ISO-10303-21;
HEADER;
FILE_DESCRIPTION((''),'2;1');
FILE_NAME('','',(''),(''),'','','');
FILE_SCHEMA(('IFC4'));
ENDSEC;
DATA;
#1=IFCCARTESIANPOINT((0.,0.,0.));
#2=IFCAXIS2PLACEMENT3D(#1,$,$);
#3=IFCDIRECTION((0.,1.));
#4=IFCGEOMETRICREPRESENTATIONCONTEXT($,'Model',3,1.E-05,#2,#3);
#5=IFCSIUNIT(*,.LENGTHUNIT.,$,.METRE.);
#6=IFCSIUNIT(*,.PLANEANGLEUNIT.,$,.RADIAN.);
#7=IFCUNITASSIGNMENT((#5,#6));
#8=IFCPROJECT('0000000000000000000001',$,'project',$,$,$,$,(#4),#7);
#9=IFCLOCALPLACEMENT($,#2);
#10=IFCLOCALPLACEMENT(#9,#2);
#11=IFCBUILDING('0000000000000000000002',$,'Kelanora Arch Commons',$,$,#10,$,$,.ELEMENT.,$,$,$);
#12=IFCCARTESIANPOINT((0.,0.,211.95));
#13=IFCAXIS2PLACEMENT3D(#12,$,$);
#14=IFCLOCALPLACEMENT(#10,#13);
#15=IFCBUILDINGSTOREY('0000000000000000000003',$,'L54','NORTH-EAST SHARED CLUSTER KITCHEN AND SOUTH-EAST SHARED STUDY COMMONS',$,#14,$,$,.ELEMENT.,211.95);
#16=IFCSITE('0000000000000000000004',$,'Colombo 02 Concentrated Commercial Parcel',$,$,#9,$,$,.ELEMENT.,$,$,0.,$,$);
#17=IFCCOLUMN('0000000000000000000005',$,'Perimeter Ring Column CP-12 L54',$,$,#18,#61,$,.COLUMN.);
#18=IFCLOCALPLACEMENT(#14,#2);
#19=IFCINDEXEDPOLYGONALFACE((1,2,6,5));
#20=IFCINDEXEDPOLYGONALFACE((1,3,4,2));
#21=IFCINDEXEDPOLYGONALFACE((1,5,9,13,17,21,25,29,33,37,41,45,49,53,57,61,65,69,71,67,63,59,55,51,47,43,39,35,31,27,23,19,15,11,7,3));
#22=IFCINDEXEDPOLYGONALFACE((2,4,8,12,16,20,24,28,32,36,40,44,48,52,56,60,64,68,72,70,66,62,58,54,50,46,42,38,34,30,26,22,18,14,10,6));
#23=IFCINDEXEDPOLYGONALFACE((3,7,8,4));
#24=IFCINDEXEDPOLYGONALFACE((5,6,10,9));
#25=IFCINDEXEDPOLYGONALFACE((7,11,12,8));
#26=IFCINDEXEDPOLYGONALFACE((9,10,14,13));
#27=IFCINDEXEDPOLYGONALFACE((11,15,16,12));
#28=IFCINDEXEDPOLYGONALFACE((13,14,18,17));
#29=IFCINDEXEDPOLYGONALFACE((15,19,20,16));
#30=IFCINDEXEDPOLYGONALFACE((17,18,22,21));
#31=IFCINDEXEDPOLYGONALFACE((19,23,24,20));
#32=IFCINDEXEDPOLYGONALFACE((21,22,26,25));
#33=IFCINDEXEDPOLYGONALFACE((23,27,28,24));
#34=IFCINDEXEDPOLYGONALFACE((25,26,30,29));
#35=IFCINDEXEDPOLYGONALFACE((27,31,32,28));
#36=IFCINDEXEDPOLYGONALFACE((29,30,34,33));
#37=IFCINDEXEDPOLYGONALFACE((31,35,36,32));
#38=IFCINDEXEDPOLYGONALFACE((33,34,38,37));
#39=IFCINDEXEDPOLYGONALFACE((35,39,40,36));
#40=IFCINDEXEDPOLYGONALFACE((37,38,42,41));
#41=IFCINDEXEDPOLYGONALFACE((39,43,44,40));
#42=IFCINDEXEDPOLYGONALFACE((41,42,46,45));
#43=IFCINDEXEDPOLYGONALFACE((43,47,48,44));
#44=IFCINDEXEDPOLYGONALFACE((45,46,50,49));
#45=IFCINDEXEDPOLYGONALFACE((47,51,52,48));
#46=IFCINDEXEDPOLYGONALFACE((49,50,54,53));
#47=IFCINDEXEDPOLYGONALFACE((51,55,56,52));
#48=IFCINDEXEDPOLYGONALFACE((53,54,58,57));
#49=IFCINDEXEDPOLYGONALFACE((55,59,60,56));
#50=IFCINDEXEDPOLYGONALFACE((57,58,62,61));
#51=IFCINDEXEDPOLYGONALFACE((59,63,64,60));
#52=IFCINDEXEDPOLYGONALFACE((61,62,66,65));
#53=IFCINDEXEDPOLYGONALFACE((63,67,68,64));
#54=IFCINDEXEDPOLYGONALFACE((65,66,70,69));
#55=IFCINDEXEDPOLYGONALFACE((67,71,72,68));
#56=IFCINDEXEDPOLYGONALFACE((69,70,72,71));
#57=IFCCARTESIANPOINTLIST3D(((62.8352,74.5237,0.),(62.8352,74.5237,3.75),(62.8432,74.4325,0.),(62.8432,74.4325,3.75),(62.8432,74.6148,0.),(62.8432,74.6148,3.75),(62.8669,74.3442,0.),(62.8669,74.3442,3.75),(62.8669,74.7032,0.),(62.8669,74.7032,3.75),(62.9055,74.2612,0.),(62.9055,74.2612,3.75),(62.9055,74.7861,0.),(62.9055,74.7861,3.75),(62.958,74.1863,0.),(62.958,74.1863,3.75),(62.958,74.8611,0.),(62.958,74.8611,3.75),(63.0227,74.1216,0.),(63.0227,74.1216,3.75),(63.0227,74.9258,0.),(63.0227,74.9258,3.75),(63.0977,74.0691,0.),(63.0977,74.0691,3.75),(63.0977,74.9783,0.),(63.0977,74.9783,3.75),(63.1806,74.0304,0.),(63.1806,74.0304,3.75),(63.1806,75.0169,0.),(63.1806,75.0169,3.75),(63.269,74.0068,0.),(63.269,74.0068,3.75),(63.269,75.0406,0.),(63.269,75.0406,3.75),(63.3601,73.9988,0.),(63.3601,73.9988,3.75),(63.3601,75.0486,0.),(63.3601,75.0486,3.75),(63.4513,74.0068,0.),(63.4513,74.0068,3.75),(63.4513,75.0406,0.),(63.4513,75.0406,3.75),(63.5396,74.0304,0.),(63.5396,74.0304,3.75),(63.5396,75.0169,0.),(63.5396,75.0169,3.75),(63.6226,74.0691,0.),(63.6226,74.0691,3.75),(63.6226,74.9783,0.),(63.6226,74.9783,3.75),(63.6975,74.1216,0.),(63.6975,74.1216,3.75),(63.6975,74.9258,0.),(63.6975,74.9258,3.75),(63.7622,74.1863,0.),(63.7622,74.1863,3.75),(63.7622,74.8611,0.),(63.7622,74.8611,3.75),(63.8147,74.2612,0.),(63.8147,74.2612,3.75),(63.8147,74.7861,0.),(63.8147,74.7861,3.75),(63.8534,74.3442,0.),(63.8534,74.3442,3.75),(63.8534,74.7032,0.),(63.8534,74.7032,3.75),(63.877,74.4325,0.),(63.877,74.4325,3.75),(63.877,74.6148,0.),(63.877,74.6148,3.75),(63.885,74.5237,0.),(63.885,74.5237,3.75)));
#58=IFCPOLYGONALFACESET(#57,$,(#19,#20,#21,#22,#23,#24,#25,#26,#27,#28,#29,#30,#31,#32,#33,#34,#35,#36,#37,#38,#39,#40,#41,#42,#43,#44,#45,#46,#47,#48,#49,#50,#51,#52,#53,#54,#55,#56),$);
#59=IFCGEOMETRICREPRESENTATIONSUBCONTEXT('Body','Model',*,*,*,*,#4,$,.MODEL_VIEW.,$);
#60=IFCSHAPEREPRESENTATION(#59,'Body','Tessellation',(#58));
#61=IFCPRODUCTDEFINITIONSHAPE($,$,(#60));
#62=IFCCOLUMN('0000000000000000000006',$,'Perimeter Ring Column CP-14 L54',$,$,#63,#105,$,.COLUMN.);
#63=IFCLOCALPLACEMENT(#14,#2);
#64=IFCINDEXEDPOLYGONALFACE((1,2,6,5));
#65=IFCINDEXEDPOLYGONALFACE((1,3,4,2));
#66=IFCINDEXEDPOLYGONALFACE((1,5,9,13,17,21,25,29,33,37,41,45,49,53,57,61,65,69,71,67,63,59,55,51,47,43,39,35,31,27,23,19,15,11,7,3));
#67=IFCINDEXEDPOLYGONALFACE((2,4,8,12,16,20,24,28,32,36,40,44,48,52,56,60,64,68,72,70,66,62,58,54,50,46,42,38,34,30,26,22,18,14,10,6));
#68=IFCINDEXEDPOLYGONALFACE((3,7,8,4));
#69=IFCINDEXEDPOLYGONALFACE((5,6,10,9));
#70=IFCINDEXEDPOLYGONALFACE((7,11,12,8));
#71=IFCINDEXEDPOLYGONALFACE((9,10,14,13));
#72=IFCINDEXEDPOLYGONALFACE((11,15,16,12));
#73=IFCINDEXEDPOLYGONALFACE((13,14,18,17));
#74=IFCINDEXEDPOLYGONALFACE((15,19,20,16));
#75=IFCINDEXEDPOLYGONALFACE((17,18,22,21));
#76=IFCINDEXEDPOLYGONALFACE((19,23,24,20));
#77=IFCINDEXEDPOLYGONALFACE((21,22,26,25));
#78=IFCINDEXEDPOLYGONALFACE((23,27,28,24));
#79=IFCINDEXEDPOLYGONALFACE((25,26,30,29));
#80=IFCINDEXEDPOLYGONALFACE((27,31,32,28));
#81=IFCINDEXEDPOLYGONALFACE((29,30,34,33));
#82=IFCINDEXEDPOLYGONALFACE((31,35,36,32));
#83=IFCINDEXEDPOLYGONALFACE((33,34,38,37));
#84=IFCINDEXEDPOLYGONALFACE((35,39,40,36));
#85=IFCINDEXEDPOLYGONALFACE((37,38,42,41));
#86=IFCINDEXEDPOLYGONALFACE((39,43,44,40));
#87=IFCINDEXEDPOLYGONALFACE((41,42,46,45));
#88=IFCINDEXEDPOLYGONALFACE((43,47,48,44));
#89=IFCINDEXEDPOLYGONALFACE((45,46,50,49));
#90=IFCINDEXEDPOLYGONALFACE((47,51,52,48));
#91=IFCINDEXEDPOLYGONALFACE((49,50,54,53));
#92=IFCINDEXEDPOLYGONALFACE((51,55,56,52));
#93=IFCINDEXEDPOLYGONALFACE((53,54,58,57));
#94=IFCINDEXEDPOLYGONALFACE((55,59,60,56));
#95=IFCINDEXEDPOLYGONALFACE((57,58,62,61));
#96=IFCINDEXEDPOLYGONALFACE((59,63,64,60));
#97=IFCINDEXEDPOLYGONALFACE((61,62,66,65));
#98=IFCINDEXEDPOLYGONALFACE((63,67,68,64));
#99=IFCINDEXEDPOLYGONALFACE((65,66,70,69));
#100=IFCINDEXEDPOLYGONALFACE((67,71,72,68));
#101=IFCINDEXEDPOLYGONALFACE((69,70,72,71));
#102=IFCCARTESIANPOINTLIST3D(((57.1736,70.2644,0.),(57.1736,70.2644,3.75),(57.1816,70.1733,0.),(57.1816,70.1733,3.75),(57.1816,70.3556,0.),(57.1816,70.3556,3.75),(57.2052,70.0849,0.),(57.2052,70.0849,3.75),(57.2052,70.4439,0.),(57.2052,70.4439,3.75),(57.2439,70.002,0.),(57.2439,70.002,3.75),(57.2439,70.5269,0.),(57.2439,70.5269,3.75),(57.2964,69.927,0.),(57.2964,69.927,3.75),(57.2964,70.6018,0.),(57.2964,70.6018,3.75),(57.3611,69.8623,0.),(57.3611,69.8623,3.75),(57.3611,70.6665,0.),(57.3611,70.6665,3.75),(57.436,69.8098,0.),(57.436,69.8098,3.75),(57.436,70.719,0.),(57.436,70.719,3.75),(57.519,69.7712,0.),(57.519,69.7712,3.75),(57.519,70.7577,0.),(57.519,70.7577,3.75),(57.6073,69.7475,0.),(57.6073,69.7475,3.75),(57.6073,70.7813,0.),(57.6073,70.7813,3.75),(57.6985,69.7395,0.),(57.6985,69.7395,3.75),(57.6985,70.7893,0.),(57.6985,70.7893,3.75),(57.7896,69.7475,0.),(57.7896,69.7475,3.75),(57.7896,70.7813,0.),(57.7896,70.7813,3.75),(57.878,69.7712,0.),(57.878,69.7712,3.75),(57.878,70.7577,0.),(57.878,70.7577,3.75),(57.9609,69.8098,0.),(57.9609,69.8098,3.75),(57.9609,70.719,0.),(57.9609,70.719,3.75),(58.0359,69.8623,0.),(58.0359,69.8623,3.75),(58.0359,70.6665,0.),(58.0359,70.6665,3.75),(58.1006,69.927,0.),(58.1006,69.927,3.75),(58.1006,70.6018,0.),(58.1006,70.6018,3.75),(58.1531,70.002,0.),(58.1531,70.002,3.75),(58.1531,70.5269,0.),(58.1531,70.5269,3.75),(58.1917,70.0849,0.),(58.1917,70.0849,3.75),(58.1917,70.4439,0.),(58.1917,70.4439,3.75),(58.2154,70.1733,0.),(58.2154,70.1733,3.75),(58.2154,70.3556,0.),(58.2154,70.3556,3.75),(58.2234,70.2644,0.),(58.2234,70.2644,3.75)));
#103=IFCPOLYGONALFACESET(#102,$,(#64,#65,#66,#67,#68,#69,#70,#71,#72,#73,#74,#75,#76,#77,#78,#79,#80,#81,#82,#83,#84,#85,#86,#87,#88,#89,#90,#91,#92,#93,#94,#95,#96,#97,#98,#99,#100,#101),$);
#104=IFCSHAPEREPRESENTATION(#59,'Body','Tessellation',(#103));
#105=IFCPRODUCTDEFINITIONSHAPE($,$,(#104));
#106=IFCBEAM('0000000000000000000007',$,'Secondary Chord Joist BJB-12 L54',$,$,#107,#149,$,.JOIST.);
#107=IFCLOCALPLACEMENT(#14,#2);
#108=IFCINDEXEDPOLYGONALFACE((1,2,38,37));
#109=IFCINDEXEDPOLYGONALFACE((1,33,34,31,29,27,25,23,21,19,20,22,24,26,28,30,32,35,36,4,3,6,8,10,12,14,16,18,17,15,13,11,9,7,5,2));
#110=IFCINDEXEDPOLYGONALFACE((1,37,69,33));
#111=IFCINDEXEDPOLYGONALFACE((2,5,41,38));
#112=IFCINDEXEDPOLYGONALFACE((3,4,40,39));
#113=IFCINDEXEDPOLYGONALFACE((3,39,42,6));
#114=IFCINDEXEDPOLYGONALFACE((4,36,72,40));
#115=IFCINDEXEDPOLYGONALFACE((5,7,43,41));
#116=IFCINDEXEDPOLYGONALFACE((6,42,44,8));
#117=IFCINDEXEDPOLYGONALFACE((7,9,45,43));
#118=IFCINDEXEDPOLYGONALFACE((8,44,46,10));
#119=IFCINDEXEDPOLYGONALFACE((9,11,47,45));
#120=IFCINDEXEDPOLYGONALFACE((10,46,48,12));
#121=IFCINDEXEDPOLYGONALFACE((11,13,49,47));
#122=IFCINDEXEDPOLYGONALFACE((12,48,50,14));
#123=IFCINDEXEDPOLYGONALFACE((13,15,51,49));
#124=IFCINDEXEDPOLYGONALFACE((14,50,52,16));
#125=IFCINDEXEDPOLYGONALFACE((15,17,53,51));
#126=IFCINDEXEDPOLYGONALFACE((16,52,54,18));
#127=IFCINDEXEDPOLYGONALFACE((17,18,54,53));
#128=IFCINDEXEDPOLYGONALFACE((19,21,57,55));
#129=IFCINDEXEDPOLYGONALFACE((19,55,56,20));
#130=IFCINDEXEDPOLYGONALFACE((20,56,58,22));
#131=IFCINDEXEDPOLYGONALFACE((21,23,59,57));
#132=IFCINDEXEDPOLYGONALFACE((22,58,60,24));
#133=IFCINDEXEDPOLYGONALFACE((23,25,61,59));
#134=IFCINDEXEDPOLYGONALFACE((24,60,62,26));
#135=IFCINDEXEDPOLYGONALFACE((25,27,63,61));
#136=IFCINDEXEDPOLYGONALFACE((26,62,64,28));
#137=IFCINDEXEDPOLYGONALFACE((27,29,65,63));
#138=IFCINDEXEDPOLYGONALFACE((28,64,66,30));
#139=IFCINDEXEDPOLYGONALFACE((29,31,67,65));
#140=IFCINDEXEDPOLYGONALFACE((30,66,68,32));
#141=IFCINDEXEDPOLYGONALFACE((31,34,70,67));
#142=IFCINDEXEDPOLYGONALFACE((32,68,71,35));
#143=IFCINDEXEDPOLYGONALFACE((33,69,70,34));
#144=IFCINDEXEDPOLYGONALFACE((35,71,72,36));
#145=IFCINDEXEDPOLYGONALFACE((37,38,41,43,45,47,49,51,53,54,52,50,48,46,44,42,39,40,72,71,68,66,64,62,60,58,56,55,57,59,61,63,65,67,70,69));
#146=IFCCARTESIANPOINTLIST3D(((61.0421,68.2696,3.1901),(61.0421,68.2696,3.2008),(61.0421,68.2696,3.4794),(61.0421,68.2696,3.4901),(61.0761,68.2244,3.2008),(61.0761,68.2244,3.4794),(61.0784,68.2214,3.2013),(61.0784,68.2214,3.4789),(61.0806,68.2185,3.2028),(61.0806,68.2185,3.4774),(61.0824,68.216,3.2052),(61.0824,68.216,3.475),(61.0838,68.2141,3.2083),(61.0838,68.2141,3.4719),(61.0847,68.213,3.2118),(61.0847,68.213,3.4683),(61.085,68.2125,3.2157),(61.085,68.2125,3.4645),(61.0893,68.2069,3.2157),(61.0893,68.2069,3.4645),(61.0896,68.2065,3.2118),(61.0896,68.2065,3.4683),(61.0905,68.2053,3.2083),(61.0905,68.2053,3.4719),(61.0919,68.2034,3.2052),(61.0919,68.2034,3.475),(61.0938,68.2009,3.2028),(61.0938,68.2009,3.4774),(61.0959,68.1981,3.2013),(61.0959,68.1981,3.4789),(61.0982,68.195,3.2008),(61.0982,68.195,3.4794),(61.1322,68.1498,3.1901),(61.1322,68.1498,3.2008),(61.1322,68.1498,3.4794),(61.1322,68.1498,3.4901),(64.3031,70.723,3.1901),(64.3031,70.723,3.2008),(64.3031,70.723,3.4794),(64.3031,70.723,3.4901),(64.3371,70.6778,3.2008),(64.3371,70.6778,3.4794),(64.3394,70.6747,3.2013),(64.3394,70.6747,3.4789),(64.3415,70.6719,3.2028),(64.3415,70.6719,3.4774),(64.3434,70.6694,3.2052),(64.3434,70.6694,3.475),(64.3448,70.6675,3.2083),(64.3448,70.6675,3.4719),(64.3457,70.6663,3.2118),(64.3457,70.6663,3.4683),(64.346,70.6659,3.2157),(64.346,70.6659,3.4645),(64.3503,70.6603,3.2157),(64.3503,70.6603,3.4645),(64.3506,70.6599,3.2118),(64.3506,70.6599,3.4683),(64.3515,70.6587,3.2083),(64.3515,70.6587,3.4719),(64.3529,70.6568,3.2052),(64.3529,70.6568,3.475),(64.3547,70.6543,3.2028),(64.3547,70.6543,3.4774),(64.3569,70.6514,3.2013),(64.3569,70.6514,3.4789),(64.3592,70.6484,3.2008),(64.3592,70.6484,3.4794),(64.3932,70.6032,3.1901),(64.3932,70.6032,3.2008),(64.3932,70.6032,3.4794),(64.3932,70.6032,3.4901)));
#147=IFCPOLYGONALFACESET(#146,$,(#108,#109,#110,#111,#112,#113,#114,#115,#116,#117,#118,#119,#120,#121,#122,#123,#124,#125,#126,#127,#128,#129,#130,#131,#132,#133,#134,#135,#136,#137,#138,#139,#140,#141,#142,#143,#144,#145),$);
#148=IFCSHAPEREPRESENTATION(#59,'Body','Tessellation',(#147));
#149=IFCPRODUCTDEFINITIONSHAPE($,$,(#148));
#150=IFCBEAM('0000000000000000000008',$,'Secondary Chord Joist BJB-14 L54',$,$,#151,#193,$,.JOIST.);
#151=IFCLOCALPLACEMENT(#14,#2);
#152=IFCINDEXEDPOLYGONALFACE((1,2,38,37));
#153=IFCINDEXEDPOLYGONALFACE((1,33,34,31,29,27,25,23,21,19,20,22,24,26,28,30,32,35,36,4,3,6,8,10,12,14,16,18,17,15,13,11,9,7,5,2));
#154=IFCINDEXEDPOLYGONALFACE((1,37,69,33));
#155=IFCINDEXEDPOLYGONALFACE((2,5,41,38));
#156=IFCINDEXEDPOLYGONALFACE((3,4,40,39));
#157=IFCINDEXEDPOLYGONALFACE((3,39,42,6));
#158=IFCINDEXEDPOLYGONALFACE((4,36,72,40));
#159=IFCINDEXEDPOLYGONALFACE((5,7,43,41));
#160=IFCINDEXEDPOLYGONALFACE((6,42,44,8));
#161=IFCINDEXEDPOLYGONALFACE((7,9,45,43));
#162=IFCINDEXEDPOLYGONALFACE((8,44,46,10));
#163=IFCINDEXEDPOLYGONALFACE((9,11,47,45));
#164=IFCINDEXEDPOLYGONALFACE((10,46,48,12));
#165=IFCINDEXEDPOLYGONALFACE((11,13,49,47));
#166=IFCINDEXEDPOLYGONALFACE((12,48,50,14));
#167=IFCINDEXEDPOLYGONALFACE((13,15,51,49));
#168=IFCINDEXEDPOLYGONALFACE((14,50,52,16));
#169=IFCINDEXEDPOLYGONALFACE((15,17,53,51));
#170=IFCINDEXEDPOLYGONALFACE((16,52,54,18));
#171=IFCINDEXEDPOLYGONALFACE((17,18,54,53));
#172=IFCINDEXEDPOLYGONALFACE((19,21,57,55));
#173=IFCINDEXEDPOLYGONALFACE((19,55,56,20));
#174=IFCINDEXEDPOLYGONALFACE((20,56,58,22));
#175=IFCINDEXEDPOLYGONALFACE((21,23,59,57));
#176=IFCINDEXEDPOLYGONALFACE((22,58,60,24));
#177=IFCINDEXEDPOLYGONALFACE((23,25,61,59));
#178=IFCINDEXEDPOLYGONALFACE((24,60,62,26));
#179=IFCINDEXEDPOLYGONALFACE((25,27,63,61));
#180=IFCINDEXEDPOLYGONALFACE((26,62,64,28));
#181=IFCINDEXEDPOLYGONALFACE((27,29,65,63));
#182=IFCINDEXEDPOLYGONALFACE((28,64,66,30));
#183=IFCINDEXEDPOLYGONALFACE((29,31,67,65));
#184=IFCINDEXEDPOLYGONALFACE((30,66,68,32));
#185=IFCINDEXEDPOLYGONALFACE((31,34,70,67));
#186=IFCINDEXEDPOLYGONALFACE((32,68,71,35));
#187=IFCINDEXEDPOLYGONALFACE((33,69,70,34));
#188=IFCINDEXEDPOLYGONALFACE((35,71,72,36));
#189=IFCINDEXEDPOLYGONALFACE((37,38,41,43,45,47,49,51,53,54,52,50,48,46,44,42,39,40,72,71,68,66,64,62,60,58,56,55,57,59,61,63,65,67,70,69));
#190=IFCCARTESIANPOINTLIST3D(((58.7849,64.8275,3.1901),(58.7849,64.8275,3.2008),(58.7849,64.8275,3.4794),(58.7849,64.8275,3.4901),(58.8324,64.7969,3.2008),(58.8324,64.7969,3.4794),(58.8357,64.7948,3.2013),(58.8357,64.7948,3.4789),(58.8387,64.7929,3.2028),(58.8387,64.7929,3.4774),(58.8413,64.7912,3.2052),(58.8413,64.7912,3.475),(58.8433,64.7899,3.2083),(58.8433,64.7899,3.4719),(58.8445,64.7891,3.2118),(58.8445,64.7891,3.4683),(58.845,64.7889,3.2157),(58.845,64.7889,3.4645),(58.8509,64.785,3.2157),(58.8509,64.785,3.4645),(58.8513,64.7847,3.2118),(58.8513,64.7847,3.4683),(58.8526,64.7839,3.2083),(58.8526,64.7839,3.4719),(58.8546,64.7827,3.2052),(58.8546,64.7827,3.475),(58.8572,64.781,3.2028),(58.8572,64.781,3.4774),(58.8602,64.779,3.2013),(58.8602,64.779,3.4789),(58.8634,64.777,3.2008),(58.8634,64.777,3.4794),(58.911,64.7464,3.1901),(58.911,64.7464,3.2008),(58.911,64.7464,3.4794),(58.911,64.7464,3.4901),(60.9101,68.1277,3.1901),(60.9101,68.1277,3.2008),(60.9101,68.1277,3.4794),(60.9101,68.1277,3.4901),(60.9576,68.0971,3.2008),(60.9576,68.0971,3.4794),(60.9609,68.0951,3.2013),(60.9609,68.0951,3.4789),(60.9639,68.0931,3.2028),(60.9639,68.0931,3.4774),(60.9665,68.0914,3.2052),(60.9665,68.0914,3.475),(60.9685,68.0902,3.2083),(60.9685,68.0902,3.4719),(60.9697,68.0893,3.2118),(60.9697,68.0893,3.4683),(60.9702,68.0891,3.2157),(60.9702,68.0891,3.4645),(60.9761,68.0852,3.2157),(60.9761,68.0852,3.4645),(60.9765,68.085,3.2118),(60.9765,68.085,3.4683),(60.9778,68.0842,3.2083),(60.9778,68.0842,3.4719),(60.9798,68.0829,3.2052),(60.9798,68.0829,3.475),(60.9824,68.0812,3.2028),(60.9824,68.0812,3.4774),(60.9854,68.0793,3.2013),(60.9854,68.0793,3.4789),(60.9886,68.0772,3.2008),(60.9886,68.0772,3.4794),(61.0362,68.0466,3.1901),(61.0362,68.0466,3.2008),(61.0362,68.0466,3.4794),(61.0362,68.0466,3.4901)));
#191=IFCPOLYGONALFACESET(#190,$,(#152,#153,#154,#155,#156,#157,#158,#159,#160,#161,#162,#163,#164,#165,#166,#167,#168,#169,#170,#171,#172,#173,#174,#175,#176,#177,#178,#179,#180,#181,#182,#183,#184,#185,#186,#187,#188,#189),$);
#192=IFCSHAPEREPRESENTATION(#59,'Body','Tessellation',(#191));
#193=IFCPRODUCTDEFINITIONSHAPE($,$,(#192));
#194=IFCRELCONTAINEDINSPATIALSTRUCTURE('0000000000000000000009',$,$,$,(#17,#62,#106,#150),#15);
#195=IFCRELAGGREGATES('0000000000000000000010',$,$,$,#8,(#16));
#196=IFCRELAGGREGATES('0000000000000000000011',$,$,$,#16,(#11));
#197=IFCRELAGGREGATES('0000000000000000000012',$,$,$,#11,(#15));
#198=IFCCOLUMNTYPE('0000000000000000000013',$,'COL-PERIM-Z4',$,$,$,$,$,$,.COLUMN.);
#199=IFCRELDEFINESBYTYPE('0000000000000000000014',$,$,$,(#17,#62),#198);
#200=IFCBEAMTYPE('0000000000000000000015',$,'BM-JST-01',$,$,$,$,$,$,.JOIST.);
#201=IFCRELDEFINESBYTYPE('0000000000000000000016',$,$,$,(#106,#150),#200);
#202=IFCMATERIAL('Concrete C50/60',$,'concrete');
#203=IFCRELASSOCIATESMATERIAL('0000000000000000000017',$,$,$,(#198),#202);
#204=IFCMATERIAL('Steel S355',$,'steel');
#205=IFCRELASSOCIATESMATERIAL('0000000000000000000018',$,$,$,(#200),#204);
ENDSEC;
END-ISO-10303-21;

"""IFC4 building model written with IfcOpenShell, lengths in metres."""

from ifc_helpers import new_model, si_unit, direction, frame, origin, origin_2d, place, context, subcontext, project, spatial, circle, i_section, extrude, material, material_profile, profile_set, type_object, element, save


model = new_model("IFC4")

# Units and contexts
model_context = context("Model", 3, precision=1e-05, world=origin(), true_north=direction((0.0, 1.0)))
body_context = subcontext(model_context, "Body", "Model", "MODEL_VIEW")
ifc_project = project(units=[si_unit("LENGTHUNIT", "METRE"), si_unit("PLANEANGLEUNIT", "RADIAN")], contexts=[model_context])

# Site, building, storey
site_placement = place(None, origin())
site = spatial("IfcSite", under=ifc_project, at=site_placement, Name="Colombo 02 Concentrated Commercial Parcel", CompositionType="ELEMENT", RefElevation=0.0)
building_placement = place(site_placement, origin())
building = spatial("IfcBuilding", under=site, at=building_placement, Name="Kelanora Arch Commons", CompositionType="ELEMENT")
storey_placement = place(building_placement, frame((0.0, 0.0, 211.95)))
storey = spatial("IfcBuildingStorey", under=building, at=storey_placement, Name="L54", Description="NORTH-EAST SHARED CLUSTER KITCHEN AND SOUTH-EAST SHARED STUDY COMMONS", CompositionType="ELEMENT", Elevation=211.95)

# Columns
ifc_material_1 = material(Name="Concrete C50/60", Category="concrete")
ifc_material_profile_1 = material_profile(ifc_material_1, circle(Radius=0.5249, at=origin_2d()), Name="RCC1050")
ifc_profile_set_1 = profile_set([ifc_material_profile_1], Name="Concrete C50/60")
column_type = type_object("IfcColumnType", Name="COL-PERIM-Z4", PredefinedType="COLUMN", material=ifc_profile_set_1)
for number, where, z_axis, x_axis, name in (
    (1, (63.3601, 74.5237, 0.0), (0.0, 0.0, 1.0), (1.0, 0.0, 0.0), "Perimeter Ring Column CP-12 L54"),
    (2, (57.6985, 70.2644, 0.0), (0.0, 0.0, 1.0), (1.0, 0.0, 0.0), "Perimeter Ring Column CP-14 L54"),
):
    element("IfcColumn", number, at=place(storey_placement, frame(where, z_axis=z_axis, x_axis=x_axis)), inside=storey, type_object=column_type, Name=name, PredefinedType="COLUMN", context=body_context, shape_type="SweptSolid", body=[
        extrude(circle(Radius=0.5249, at=origin_2d()), origin(), (0.0, 0.0, 1.0), 3.75),
    ])

# Beams
ifc_material_2 = material(Name="Steel S355", Category="steel")
ifc_material_profile_2 = material_profile(ifc_material_2, i_section(OverallWidth=0.1499, OverallDepth=0.3, WebThickness=0.0071, FlangeThickness=0.0107, FilletRadius=0.0149, at=origin_2d()), Name="IPE300")
ifc_profile_set_2 = profile_set([ifc_material_profile_2], Name="Steel S355")
beam_type_1 = type_object("IfcBeamType", Name="BM-JST-01", PredefinedType="JOIST", material=ifc_profile_set_2)
beam_1_placement = place(storey_placement, frame((64.3481, 70.6631, 3.3401), z_axis=(-0.799102, -0.601196, 0.0), x_axis=(0.601196, -0.799102, 0.0)))
element("IfcBeam", 3, at=beam_1_placement, inside=storey, type_object=beam_type_1, Name="Secondary Chord Joist BJB-12 L54", PredefinedType="JOIST", context=body_context, shape_type="SweptSolid", body=[
    extrude(i_section(OverallWidth=0.1499, OverallDepth=0.3, WebThickness=0.0071, FlangeThickness=0.0107, FilletRadius=0.0149, at=origin_2d()), origin(), (0.0, 0.0, 1.0), 4.0808),
])
beam_2_placement = place(storey_placement, frame((60.9731, 68.0872, 3.3401), z_axis=(-0.541411, -0.840758, 0.0), x_axis=(0.840758, -0.541411, 0.0)))
element("IfcBeam", 4, at=beam_2_placement, inside=storey, type_object=beam_type_1, Name="Secondary Chord Joist BJB-14 L54", PredefinedType="JOIST", context=body_context, shape_type="SweptSolid", body=[
    extrude(i_section(OverallWidth=0.1499, OverallDepth=0.3, WebThickness=0.0071, FlangeThickness=0.0107, FilletRadius=0.0149, at=origin_2d()), origin(), (0.0, 0.0, 1.0), 3.9253),
])

save(model, "model.ifc")
